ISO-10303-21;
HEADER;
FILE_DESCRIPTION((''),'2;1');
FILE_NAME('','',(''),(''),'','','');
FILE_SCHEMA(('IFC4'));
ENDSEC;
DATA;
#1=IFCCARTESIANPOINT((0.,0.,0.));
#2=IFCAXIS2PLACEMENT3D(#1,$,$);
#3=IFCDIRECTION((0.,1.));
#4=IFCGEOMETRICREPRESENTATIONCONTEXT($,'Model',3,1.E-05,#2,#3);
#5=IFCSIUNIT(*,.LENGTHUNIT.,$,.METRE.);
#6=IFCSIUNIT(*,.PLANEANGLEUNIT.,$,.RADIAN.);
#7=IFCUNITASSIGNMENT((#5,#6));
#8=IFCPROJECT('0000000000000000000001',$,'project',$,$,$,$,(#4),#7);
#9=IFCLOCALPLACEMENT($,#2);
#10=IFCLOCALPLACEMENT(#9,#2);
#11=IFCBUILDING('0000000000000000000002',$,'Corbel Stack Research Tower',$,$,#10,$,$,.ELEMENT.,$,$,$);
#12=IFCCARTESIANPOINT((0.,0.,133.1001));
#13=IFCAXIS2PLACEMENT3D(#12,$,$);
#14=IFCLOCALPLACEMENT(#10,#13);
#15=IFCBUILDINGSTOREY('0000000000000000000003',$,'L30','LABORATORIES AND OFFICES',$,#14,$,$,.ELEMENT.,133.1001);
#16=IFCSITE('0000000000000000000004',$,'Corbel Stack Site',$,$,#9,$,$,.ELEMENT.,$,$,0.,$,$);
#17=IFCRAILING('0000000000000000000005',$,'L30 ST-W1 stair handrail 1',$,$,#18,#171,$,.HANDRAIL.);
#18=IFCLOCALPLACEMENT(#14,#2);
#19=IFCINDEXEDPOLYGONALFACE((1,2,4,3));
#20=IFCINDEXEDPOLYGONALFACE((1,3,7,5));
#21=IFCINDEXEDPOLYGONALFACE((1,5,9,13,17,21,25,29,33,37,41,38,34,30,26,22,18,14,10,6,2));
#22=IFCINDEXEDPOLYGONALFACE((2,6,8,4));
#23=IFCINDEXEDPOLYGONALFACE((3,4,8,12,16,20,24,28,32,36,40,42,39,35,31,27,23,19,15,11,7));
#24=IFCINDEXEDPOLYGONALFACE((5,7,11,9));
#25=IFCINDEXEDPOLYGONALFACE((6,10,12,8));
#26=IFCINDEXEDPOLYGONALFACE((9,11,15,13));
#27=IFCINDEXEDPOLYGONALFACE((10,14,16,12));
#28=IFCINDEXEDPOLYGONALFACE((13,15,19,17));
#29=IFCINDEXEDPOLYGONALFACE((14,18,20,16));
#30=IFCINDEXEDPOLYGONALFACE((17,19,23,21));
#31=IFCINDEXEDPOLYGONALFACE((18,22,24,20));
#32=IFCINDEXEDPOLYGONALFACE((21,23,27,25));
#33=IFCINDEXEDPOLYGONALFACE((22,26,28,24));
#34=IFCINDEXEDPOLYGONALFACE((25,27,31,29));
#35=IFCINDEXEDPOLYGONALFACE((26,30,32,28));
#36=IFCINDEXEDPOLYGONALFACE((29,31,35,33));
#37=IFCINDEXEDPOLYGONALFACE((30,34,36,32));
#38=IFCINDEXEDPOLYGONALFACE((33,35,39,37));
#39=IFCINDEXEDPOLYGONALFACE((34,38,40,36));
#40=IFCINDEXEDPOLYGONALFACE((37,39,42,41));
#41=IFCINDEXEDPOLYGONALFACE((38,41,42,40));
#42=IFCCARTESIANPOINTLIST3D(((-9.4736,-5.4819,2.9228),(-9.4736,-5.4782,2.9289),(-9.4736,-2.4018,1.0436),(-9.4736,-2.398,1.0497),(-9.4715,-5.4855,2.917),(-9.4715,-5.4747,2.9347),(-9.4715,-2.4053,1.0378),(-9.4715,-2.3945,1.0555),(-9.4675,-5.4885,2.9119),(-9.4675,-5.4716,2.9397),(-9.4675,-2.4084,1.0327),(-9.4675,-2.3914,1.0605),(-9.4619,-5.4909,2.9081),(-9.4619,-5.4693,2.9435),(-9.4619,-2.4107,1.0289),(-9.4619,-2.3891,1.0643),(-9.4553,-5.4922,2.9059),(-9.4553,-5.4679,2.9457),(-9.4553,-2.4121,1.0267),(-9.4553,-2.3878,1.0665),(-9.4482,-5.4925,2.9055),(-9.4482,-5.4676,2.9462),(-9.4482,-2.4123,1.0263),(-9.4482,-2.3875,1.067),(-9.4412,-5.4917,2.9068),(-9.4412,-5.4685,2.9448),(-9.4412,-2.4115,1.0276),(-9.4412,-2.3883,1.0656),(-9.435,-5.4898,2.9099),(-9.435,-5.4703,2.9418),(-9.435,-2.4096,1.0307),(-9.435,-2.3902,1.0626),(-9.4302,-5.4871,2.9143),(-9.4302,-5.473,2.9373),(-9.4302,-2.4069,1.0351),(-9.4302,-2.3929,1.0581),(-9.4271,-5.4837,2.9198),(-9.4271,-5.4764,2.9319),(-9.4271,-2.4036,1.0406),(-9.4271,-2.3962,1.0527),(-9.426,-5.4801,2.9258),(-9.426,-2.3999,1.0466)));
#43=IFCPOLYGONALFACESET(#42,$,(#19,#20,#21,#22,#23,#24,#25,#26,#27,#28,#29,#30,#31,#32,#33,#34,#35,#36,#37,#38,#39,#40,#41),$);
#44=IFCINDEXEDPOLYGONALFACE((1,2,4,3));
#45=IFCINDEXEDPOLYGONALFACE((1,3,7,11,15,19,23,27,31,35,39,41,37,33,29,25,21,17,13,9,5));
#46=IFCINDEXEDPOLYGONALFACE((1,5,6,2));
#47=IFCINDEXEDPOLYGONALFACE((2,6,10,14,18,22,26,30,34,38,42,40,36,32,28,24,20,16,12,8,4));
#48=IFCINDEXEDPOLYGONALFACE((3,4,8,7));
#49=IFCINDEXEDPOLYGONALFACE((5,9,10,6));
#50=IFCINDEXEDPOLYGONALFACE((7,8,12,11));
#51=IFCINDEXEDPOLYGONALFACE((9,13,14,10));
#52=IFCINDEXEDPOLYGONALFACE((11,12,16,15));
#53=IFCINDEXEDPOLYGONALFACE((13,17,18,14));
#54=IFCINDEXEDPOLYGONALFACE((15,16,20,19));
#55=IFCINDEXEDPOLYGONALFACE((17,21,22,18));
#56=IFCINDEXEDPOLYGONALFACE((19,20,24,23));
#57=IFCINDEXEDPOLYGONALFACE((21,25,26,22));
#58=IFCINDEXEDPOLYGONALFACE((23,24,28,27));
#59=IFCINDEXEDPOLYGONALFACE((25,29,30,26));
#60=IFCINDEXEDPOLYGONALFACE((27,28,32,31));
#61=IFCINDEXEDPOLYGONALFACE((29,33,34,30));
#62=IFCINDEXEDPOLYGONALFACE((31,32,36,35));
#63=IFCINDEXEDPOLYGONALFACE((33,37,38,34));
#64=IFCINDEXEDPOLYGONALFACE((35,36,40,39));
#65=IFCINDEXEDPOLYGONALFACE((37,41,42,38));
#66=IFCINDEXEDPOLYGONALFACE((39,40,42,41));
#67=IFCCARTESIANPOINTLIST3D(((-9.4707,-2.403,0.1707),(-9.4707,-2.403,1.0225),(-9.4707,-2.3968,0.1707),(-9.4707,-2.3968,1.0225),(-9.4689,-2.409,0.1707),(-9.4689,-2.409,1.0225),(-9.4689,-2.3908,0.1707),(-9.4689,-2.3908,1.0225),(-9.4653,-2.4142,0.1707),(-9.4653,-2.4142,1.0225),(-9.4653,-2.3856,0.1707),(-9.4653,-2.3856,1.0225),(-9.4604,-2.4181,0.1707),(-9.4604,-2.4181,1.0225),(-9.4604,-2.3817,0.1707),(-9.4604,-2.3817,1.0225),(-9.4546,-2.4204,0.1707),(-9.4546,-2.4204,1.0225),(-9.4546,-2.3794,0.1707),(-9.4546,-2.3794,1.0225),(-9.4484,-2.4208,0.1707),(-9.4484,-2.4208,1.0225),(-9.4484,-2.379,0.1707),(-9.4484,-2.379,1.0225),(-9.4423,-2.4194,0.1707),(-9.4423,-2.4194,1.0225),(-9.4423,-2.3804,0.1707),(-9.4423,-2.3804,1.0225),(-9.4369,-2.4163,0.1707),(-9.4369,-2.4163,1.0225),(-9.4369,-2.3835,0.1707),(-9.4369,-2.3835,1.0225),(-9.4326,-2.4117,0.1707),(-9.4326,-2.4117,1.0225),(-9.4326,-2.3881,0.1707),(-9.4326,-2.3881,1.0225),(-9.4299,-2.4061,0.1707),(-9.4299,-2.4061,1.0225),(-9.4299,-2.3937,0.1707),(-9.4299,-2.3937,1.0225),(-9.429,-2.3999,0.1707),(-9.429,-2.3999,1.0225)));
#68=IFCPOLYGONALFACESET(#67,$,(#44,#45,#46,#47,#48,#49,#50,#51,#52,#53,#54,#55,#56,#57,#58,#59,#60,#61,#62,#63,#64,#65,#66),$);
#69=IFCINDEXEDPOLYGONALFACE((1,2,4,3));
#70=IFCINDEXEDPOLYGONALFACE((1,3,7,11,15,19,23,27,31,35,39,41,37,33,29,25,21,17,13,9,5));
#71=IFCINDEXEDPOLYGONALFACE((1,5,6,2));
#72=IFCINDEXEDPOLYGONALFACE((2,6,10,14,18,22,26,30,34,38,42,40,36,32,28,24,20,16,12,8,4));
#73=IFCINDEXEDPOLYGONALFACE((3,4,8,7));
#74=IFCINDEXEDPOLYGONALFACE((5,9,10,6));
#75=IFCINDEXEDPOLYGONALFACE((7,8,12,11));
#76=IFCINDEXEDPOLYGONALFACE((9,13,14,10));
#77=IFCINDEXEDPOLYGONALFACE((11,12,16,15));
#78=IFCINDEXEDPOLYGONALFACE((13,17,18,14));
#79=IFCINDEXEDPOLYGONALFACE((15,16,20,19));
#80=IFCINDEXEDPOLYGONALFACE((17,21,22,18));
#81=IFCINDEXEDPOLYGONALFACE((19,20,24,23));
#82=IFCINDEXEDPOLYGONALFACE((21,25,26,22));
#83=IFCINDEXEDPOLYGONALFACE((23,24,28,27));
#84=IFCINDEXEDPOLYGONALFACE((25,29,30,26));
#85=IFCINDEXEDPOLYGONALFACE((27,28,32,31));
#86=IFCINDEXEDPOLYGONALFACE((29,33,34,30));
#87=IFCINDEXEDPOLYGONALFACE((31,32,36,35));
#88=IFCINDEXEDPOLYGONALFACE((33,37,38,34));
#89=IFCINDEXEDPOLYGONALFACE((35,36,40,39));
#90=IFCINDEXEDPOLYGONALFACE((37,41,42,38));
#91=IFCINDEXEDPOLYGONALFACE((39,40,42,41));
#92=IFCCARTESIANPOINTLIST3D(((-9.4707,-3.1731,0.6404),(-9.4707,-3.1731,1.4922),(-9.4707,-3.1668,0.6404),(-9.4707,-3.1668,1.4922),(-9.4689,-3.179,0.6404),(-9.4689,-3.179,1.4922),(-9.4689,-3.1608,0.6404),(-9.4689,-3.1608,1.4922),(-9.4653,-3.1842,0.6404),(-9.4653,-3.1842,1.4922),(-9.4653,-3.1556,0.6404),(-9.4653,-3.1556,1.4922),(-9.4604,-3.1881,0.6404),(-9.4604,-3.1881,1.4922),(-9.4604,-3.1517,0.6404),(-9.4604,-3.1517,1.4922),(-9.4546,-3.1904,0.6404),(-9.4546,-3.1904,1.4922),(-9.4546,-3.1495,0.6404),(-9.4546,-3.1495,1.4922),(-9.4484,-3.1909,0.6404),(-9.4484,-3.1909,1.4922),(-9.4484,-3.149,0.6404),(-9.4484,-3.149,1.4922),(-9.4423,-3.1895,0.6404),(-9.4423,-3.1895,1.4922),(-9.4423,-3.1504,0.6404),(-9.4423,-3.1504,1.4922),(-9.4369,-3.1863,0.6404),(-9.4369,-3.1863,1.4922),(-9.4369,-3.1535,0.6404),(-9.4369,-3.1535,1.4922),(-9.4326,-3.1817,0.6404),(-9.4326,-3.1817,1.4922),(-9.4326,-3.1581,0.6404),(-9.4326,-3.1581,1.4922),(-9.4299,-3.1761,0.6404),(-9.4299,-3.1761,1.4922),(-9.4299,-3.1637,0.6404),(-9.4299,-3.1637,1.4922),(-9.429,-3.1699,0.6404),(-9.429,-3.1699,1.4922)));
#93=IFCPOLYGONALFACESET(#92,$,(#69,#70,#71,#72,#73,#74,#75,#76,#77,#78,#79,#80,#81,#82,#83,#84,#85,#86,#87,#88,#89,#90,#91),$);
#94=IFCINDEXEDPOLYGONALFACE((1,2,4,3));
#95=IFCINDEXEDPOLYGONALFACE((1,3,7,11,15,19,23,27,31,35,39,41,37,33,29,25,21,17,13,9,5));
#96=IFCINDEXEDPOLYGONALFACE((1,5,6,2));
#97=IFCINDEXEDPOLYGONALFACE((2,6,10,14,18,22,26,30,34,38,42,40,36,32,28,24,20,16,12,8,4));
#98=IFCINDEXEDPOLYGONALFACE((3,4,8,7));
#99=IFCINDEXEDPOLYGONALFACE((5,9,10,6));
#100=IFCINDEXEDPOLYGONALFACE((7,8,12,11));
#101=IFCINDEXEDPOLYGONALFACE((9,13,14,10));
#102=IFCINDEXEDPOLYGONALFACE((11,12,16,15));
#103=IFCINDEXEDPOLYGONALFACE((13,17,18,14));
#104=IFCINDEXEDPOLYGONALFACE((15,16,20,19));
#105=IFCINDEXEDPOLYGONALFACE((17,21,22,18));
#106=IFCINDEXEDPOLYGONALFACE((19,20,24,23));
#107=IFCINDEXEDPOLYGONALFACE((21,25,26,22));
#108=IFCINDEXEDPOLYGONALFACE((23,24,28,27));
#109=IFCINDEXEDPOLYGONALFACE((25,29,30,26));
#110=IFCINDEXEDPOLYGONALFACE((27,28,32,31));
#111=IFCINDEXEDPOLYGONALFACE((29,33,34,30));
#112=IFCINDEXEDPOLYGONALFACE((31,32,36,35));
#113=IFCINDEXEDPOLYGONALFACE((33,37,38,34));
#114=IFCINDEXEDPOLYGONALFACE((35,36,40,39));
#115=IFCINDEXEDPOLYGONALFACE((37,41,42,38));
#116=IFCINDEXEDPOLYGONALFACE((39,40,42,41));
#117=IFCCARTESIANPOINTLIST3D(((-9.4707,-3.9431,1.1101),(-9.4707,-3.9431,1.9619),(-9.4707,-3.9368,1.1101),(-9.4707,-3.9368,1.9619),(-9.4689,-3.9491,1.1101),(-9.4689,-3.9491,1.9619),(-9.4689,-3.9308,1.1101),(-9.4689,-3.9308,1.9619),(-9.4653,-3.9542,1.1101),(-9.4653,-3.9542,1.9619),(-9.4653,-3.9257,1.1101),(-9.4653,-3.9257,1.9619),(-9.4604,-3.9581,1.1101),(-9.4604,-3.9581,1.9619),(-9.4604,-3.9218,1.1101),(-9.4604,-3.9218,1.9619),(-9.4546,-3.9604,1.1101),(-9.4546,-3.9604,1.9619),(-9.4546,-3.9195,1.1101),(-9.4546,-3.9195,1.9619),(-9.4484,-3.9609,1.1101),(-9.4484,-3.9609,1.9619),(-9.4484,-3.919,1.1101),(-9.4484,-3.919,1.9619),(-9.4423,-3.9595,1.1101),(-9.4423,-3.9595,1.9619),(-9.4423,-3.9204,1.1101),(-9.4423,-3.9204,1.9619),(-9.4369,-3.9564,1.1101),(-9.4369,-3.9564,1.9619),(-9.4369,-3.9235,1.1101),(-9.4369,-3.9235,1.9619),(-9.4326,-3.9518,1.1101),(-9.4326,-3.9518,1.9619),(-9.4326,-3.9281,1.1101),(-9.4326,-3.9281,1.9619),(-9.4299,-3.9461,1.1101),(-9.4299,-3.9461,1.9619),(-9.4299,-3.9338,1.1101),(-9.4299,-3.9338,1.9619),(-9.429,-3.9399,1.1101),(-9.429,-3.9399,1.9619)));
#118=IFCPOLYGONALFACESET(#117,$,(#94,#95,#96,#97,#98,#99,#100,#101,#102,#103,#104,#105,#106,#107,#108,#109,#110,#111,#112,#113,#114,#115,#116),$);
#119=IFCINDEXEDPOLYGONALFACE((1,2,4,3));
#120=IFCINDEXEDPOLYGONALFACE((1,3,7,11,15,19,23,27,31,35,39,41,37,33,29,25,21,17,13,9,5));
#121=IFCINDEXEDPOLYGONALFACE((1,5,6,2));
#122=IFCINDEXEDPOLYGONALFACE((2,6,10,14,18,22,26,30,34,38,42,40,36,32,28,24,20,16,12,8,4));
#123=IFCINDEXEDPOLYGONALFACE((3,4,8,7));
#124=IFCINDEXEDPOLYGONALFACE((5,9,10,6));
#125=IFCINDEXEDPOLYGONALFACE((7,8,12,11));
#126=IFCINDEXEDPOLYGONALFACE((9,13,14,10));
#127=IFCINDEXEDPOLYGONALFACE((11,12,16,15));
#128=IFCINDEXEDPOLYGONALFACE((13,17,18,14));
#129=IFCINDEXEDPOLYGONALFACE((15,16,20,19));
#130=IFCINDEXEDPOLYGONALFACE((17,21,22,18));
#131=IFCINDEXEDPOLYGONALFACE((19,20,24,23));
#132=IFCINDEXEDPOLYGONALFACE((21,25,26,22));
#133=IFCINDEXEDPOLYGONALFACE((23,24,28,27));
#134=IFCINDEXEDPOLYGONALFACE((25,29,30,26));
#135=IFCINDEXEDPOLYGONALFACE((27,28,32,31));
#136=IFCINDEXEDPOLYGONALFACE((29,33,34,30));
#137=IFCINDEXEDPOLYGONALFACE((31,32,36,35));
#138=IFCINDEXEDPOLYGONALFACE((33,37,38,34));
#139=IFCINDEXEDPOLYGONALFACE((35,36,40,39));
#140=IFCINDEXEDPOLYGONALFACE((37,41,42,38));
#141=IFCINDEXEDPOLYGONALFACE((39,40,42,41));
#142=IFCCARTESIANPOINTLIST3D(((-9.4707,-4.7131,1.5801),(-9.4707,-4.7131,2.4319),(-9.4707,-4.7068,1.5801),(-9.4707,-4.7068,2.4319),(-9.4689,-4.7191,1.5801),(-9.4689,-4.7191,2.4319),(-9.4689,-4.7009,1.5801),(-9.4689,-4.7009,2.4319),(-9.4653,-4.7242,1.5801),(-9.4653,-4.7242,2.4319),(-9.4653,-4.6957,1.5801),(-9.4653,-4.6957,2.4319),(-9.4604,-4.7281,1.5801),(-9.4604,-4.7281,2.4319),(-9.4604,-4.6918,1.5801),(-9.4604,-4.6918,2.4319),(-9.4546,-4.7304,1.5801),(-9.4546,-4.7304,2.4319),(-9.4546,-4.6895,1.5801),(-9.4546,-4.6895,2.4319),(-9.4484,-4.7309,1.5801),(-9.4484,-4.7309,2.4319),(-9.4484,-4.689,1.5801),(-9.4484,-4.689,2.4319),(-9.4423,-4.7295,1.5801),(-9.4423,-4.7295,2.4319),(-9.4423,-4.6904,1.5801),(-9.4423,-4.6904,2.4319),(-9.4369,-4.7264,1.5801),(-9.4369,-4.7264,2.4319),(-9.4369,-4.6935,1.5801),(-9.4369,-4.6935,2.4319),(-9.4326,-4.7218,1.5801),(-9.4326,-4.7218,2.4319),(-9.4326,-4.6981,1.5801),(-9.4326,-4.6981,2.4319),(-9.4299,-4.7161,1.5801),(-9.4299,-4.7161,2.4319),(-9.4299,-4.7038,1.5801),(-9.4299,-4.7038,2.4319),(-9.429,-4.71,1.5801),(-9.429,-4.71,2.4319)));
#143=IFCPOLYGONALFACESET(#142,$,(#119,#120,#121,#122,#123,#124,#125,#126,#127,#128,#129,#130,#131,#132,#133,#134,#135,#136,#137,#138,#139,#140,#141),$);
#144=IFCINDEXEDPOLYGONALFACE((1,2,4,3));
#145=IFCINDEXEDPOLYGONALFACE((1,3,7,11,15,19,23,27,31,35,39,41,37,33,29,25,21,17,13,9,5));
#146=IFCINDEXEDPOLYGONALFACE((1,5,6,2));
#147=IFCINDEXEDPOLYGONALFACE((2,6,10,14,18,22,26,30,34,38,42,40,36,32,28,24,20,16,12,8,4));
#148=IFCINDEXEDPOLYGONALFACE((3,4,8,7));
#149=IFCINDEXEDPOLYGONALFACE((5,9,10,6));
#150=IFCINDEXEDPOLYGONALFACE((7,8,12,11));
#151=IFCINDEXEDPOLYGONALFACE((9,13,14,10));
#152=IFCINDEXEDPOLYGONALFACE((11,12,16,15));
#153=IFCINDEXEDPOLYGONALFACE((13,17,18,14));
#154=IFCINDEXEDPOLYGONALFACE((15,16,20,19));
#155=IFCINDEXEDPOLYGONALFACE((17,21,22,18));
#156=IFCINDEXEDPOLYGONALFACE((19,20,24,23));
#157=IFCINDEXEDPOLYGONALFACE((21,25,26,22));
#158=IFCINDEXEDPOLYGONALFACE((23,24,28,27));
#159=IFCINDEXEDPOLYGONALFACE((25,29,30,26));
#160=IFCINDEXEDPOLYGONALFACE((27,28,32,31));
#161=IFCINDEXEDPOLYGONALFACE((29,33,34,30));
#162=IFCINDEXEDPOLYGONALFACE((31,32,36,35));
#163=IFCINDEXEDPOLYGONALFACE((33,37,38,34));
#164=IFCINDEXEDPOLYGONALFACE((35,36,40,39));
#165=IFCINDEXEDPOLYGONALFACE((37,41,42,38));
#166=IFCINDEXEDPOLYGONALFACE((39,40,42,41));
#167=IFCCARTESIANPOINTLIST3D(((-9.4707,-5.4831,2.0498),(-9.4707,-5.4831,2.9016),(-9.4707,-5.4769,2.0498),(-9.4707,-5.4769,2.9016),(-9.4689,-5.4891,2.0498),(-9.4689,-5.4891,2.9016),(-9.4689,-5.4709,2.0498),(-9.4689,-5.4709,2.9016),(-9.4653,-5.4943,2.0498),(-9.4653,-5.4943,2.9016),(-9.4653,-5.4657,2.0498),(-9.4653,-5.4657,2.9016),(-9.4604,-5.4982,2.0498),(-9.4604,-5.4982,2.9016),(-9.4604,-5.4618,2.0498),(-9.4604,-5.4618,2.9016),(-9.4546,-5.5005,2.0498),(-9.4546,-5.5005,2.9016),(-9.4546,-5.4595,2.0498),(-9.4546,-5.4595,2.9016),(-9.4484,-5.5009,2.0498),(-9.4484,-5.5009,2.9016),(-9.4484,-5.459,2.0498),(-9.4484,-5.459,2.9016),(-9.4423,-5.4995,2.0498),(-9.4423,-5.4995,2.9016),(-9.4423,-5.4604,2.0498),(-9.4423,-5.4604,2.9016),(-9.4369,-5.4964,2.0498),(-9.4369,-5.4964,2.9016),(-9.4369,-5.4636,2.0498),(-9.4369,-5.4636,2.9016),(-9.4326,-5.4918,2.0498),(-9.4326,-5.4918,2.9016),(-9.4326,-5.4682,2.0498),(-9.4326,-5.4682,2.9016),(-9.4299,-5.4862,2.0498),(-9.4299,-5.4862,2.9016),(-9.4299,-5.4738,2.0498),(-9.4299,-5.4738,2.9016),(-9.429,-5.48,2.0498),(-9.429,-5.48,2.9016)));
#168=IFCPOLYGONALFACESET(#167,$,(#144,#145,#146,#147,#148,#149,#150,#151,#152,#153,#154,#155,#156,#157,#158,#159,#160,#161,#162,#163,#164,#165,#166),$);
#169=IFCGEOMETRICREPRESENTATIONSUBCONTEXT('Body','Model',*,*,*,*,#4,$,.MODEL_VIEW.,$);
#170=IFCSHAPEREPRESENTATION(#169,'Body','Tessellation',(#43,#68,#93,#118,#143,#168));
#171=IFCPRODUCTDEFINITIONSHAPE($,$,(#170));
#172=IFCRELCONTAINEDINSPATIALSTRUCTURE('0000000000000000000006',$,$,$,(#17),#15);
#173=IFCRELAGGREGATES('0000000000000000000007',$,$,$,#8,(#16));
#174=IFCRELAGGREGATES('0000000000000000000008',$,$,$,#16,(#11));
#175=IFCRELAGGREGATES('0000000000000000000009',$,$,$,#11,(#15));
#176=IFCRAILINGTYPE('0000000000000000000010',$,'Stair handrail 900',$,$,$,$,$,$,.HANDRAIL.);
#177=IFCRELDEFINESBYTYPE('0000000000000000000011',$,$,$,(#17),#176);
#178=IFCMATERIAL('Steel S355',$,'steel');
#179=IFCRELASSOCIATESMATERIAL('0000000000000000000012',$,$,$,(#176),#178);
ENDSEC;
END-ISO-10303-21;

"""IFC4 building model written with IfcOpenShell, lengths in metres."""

from ifc_helpers import new_model, si_unit, direction, frame, origin, origin_2d, place, context, subcontext, project, spatial, circle, extrude, material, type_object, element, save


model = new_model("IFC4")

# Units and contexts
model_context = context("Model", 3, precision=1e-05, world=origin(), true_north=direction((0.0, 1.0)))
body_context = subcontext(model_context, "Body", "Model", "MODEL_VIEW")
ifc_project = project(units=[si_unit("LENGTHUNIT", "METRE"), si_unit("PLANEANGLEUNIT", "RADIAN")], contexts=[model_context])

# Site, building, storey
site_placement = place(None, origin())
site = spatial("IfcSite", under=ifc_project, at=site_placement, Name="Corbel Stack Site", CompositionType="ELEMENT", RefElevation=0.0)
building_placement = place(site_placement, origin())
building = spatial("IfcBuilding", under=site, at=building_placement, Name="Corbel Stack Research Tower", CompositionType="ELEMENT")
storey_placement = place(building_placement, frame((0.0, 0.0, 133.1001)))
storey = spatial("IfcBuildingStorey", under=building, at=storey_placement, Name="L30", Description="LABORATORIES AND OFFICES", CompositionType="ELEMENT", Elevation=133.1001)

# Railing
ifc_material_1 = material(Name="Steel S355", Category="steel")
railing_type_1 = type_object("IfcRailingType", Name="Stair handrail 900", PredefinedType="HANDRAIL", material=ifc_material_1)
railing_1_placement = place(storey_placement, frame((-9.45, -2.3999, 0.1707)))
element("IfcRailing", 1, at=railing_1_placement, inside=storey, type_object=railing_type_1, Name="L30 ST-W1 stair handrail 1", PredefinedType="HANDRAIL", context=body_context, shape_type="SweptSolid", body=[
    extrude(circle(Radius=0.0239, at=origin_2d()), frame((0.0, 0.0, 0.876), z_axis=(0.0, -0.853666, 0.52082), x_axis=(1.0, 0.0, 0.0)), (0.0, 0.0, 1.0), 3.6082),
    extrude(circle(Radius=0.021, at=origin_2d()), origin(), (0.0, 0.0, 1.0), 0.8518),
    extrude(circle(Radius=0.021, at=origin_2d()), frame((0.0, -0.77, 0.4697)), (0.0, 0.0, 1.0), 0.8518),
    extrude(circle(Radius=0.021, at=origin_2d()), frame((0.0, -1.54, 0.9395)), (0.0, 0.0, 1.0), 0.8518),
    extrude(circle(Radius=0.021, at=origin_2d()), frame((0.0, -2.3101, 1.4094)), (0.0, 0.0, 1.0), 0.8518),
    extrude(circle(Radius=0.021, at=origin_2d()), frame((0.0, -3.0801, 1.8792)), (0.0, 0.0, 1.0), 0.8518),
])

save(model, "model.ifc")
